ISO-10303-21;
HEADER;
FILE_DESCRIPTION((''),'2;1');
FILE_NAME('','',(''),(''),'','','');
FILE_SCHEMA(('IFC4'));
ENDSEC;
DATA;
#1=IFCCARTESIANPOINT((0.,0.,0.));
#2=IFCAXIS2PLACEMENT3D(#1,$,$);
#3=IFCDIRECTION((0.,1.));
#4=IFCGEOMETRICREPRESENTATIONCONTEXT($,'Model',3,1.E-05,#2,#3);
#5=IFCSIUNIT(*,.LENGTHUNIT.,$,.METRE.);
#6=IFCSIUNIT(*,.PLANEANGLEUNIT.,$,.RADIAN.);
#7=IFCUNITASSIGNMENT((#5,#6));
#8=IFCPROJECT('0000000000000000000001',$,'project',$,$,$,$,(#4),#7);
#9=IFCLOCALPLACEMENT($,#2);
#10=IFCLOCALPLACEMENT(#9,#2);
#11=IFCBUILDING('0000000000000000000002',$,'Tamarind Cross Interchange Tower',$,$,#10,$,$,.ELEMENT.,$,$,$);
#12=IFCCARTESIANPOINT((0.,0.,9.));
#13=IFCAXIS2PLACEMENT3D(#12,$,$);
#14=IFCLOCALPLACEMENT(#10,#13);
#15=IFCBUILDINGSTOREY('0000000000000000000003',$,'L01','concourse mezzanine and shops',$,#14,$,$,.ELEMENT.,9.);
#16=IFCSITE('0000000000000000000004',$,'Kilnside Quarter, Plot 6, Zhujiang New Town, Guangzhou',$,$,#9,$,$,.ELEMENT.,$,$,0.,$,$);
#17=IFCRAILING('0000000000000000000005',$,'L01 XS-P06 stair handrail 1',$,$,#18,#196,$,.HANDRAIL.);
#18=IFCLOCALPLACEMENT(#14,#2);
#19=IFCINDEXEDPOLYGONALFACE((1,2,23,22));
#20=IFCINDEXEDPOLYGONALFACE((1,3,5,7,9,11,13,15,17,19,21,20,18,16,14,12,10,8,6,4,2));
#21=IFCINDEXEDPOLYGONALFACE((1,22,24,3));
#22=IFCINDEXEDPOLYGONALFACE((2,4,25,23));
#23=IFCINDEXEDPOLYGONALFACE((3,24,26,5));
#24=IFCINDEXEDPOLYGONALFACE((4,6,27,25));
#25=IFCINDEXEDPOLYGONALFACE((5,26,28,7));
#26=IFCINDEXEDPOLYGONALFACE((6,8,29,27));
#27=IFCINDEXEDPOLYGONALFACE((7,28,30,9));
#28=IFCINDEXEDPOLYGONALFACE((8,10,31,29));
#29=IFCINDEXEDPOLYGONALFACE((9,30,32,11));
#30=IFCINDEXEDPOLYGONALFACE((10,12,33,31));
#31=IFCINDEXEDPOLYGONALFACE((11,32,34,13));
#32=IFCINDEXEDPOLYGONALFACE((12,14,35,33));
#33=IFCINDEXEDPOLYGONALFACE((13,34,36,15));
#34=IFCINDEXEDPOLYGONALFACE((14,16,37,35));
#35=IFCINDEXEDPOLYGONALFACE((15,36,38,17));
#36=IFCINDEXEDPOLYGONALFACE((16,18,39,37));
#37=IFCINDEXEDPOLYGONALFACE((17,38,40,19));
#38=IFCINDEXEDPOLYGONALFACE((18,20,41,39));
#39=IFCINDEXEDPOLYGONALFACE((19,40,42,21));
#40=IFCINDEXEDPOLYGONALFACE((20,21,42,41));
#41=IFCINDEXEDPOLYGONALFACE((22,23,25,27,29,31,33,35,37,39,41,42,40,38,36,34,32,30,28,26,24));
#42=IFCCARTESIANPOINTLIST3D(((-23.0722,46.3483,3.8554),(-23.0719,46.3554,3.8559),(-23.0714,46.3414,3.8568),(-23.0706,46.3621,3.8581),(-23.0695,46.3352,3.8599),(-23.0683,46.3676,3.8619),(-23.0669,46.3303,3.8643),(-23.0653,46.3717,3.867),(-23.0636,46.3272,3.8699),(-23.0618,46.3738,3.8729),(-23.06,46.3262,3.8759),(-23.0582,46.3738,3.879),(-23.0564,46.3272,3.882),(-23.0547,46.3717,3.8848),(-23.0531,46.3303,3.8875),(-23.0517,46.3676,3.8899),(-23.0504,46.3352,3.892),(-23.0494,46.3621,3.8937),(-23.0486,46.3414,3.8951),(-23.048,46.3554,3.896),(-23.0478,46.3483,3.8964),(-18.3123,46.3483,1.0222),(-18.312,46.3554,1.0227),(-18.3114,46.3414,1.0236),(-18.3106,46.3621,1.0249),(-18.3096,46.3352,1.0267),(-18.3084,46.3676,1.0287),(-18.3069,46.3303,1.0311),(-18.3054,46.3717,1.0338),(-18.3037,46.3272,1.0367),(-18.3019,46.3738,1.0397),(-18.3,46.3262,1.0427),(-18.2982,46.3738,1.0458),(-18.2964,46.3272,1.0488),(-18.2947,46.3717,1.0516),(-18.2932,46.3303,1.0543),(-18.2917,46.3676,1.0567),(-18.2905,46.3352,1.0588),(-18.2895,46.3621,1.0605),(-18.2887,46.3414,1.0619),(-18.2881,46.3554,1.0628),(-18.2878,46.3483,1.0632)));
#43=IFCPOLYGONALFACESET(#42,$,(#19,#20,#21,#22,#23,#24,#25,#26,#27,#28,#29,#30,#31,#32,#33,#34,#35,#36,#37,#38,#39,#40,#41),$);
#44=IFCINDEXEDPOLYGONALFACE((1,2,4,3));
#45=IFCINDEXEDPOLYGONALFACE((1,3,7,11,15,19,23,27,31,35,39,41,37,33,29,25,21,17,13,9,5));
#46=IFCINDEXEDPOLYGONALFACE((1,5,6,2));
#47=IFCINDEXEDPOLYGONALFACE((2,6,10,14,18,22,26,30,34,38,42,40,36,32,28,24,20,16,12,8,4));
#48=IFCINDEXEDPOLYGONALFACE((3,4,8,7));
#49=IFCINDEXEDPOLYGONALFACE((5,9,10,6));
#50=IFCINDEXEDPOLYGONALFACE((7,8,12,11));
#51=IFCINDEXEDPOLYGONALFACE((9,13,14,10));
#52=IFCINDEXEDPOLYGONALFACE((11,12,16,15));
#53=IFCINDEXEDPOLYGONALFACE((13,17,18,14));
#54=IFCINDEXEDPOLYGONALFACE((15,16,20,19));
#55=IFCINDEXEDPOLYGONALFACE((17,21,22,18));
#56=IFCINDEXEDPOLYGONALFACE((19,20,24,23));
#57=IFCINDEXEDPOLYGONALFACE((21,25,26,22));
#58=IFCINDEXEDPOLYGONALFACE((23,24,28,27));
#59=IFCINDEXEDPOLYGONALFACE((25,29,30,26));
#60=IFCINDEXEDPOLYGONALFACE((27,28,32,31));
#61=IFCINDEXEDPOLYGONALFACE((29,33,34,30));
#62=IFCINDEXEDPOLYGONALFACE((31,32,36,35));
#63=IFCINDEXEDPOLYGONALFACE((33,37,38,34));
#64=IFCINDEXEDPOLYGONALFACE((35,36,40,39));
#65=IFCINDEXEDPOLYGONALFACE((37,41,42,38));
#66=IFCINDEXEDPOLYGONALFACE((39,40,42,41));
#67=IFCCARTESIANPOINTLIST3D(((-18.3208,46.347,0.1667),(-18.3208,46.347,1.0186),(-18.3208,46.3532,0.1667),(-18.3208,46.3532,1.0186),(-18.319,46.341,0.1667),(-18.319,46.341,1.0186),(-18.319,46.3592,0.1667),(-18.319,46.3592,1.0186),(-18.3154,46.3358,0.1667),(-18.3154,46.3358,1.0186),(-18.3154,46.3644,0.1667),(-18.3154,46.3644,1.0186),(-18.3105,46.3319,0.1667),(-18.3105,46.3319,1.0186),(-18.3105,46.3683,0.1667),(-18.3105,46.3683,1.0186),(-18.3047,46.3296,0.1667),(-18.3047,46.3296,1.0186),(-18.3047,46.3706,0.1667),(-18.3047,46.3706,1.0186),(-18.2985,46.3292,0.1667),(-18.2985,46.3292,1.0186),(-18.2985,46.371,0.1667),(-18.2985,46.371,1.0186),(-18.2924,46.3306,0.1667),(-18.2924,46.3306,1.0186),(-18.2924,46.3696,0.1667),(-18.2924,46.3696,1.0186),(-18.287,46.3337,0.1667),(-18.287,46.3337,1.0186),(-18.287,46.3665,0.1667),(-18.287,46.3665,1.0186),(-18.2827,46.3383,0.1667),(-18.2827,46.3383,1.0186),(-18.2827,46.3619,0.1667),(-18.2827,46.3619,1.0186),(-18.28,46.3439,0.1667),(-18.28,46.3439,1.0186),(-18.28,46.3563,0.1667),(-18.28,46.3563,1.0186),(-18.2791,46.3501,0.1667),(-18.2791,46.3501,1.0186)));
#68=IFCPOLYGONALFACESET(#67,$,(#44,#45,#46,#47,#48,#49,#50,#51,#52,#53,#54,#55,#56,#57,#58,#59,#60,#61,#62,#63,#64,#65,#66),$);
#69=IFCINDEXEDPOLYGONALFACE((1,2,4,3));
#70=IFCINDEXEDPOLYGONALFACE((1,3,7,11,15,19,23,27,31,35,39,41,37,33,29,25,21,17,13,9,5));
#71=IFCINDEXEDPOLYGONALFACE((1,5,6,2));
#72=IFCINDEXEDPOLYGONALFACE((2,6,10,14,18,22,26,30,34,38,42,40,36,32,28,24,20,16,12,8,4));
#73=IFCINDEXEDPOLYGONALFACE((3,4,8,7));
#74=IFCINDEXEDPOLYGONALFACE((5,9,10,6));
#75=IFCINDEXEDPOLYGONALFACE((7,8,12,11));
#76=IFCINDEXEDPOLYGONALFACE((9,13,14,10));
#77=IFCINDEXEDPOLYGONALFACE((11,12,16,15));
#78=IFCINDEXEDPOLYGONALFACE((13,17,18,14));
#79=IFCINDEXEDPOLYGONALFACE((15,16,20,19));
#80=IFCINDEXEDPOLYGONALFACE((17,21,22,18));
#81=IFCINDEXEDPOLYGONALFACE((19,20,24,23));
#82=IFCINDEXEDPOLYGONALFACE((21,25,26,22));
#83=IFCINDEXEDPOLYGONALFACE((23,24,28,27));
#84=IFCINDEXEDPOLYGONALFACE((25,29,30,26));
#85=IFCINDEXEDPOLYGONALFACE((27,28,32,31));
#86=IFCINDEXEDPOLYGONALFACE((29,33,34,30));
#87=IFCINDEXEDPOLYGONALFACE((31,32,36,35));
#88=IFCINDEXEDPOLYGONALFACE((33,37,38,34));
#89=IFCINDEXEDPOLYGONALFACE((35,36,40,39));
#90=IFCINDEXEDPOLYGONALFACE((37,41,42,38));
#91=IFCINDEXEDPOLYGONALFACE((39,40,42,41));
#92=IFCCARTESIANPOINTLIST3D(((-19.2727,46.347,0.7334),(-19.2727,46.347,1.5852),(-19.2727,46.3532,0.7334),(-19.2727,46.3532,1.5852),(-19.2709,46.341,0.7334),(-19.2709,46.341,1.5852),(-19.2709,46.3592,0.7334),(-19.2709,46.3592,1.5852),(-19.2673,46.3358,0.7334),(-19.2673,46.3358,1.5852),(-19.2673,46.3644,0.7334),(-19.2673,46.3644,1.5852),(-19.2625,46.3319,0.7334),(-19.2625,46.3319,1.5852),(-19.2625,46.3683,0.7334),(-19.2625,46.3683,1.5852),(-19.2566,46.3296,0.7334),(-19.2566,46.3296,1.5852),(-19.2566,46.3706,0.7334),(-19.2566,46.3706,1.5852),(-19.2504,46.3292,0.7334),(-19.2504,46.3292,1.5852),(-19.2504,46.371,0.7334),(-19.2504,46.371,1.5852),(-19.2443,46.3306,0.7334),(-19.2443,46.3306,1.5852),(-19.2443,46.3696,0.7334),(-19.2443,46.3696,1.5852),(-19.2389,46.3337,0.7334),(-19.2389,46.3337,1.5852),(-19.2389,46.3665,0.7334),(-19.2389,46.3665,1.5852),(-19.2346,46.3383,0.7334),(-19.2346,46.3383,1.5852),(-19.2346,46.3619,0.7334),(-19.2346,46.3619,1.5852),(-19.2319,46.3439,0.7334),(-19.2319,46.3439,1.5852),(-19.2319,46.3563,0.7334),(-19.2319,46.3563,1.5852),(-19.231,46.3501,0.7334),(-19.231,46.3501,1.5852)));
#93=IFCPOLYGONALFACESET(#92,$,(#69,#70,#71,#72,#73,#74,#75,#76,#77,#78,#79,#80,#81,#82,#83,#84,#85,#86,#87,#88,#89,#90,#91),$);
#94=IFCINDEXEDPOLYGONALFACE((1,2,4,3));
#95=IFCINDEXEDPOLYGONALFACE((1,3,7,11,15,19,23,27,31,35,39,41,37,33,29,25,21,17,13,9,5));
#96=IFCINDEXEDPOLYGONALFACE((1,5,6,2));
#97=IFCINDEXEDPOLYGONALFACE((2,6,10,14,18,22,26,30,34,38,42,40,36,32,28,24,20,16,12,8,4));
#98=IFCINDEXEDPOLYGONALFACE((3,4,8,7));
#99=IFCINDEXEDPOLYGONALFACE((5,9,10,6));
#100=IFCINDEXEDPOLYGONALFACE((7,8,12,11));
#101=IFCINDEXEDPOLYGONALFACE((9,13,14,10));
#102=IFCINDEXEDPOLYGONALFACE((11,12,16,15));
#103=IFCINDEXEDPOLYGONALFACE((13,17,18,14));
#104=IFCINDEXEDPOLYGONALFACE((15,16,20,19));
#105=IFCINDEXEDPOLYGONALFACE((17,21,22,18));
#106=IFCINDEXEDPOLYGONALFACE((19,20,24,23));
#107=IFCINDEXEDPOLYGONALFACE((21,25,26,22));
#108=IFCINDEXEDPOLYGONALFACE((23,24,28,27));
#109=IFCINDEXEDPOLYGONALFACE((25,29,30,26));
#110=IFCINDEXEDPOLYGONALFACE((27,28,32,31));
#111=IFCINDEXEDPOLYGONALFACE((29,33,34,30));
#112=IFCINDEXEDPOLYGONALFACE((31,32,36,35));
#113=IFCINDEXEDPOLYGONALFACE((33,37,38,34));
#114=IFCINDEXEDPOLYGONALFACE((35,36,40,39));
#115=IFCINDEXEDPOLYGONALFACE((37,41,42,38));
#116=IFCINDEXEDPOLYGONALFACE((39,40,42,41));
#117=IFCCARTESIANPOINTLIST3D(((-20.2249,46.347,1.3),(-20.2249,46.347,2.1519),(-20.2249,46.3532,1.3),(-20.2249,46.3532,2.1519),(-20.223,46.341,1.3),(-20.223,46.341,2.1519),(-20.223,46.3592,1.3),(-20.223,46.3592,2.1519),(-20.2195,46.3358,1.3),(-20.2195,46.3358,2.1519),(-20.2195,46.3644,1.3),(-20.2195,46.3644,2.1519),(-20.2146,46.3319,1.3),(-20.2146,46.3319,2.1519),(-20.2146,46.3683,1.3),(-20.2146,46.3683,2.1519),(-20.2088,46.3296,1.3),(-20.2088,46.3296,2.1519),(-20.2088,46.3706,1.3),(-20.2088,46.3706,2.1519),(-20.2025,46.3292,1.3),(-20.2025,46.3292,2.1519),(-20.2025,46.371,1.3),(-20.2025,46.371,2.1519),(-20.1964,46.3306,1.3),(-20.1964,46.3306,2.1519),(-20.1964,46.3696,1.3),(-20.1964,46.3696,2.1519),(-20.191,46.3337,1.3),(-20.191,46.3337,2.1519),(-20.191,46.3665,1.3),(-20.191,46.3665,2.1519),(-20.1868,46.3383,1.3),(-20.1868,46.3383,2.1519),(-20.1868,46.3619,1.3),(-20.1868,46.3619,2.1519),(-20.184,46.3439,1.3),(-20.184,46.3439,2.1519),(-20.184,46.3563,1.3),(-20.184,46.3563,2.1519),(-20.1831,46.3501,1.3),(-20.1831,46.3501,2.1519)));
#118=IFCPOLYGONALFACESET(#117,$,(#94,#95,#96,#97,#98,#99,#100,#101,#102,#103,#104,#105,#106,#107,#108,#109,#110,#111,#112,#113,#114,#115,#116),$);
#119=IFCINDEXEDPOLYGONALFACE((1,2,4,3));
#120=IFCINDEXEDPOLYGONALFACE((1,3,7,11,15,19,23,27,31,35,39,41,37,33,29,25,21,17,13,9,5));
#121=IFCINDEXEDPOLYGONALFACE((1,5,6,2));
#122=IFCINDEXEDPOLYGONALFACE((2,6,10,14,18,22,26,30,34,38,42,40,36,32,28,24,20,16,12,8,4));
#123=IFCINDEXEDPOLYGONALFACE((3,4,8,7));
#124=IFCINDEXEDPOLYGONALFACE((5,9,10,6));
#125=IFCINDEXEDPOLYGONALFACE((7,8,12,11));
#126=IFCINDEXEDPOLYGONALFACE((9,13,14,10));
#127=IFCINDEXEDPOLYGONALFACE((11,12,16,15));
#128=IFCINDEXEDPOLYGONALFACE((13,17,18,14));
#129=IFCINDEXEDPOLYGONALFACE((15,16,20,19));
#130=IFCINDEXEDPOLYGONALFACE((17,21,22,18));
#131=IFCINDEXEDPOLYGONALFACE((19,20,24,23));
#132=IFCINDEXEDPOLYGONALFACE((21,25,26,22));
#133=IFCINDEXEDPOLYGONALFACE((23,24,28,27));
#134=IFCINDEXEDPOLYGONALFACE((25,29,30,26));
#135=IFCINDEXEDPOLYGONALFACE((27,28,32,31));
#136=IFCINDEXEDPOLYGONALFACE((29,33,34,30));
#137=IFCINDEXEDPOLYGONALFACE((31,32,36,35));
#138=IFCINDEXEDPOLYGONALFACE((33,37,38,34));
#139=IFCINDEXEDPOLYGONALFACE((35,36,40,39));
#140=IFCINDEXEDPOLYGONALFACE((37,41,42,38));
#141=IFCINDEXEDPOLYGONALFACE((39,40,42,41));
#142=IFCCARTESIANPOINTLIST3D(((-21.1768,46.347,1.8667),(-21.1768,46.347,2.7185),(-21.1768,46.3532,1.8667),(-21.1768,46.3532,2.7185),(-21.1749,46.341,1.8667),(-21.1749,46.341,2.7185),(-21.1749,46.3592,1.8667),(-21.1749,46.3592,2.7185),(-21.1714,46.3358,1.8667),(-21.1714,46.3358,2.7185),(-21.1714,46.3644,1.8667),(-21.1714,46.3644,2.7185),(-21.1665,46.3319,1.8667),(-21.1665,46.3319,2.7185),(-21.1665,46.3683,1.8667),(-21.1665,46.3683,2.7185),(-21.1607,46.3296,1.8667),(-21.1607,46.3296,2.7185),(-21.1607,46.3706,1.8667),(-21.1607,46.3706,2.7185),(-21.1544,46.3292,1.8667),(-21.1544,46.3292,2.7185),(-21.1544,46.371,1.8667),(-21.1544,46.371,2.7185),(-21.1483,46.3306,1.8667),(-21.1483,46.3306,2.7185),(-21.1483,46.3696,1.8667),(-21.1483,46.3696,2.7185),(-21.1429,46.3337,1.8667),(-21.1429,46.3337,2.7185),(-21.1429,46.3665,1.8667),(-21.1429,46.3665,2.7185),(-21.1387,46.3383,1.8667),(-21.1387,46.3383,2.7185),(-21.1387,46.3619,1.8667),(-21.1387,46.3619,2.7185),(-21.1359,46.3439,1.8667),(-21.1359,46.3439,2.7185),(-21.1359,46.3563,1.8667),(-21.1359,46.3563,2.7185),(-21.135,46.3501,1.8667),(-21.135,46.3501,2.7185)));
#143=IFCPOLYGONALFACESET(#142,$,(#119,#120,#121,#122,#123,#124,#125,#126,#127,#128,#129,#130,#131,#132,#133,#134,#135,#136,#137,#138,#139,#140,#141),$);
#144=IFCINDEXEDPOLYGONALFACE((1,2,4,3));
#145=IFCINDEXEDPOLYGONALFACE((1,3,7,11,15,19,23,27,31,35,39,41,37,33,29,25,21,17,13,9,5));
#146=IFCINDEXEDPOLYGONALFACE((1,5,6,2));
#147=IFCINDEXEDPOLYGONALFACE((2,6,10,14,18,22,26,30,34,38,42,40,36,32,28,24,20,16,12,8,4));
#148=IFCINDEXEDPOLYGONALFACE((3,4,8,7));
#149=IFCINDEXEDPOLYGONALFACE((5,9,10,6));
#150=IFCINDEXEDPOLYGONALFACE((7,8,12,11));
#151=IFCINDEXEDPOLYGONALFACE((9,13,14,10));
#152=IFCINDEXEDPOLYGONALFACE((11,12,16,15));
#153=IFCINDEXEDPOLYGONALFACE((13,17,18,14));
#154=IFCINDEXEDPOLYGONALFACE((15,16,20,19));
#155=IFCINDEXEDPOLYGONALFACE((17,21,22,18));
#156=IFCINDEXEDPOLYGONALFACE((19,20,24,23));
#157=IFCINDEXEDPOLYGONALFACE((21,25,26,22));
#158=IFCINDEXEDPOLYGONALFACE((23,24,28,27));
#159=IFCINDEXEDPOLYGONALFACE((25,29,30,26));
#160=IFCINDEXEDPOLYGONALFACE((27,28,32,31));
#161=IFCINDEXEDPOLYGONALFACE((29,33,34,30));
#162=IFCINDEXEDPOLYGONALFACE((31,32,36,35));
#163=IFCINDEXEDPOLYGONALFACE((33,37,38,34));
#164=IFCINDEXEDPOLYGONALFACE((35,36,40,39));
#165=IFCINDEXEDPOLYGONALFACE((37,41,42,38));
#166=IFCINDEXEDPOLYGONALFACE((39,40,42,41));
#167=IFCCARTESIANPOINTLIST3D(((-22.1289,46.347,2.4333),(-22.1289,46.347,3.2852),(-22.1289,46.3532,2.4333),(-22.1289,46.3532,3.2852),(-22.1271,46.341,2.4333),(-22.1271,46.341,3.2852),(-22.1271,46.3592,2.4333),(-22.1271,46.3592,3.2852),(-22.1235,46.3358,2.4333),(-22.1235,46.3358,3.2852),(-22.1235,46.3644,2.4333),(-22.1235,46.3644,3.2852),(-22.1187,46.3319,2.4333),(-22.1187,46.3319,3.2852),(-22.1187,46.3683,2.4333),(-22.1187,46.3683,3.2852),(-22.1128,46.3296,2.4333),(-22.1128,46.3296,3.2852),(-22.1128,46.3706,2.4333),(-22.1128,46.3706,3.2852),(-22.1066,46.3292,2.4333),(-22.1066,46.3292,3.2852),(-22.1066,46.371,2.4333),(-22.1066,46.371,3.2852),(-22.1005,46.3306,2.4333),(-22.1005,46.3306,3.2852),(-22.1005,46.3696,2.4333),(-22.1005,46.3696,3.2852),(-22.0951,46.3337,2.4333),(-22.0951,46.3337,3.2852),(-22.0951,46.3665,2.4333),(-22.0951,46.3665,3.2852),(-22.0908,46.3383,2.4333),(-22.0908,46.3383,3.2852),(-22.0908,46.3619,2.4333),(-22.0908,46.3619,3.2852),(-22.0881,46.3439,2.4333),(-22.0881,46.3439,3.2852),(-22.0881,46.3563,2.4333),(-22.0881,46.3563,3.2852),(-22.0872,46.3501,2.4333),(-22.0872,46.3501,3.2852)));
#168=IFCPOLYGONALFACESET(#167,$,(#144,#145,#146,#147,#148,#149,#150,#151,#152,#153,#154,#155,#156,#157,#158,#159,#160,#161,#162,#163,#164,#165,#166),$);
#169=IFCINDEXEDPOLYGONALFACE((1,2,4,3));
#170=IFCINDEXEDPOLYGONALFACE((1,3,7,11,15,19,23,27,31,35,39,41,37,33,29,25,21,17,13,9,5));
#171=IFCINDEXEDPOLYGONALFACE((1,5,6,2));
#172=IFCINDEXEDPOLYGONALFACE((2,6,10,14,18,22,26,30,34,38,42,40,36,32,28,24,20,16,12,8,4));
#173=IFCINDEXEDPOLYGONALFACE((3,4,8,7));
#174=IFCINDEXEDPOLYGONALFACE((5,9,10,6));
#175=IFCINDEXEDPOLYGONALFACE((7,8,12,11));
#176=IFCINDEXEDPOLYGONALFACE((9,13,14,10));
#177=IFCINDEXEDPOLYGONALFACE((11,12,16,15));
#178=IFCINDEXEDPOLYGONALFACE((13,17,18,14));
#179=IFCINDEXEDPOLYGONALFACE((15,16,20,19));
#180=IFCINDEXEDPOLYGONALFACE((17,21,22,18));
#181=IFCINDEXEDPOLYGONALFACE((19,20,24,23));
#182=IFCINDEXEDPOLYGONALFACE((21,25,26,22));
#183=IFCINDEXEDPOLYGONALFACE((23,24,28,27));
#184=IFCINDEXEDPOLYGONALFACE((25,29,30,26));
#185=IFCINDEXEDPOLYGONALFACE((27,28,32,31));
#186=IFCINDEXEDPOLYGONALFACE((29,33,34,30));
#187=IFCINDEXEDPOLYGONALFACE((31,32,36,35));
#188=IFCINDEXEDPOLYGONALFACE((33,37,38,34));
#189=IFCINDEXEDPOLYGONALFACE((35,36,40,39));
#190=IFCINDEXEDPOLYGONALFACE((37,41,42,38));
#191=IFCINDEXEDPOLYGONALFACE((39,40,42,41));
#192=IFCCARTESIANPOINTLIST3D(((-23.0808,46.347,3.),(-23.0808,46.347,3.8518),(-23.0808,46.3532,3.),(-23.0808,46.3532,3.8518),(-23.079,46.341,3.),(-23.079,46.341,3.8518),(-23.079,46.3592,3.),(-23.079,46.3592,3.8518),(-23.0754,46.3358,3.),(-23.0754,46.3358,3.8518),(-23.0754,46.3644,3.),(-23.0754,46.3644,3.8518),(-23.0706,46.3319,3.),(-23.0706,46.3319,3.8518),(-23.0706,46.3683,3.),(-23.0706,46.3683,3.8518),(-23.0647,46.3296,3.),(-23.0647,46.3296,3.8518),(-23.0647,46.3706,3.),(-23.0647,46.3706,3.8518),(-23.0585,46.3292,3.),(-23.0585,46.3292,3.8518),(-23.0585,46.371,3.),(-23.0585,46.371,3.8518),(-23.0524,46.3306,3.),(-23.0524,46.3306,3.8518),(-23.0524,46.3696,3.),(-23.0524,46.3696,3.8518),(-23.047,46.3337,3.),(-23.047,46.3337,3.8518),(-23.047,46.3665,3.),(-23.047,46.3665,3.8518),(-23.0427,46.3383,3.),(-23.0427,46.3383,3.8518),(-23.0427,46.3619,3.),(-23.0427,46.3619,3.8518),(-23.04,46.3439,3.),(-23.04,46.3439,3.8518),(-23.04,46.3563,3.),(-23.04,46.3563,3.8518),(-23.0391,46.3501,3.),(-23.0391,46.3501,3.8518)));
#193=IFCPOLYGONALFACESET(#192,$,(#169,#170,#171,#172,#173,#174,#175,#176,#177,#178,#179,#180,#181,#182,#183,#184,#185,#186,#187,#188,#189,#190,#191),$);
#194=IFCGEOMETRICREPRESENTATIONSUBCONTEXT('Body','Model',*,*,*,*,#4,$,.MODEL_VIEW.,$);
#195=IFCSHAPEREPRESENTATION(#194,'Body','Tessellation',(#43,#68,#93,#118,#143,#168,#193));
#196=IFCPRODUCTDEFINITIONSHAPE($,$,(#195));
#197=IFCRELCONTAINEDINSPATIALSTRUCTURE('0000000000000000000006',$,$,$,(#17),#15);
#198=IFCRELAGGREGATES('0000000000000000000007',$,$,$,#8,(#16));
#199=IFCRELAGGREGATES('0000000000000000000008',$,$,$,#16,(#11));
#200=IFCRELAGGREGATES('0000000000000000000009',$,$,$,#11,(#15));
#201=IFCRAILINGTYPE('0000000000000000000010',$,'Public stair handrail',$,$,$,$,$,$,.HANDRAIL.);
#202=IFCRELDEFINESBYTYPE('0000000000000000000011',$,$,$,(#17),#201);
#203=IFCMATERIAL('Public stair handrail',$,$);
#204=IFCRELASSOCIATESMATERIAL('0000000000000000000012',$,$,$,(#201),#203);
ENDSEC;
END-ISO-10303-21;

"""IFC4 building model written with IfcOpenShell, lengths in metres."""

from ifc_helpers import new_model, si_unit, direction, frame, origin, origin_2d, place, context, subcontext, project, spatial, circle, extrude, material, type_object, element, save


model = new_model("IFC4")

# Units and contexts
model_context = context("Model", 3, precision=1e-05, world=origin(), true_north=direction((0.0, 1.0)))
body_context = subcontext(model_context, "Body", "Model", "MODEL_VIEW")
ifc_project = project(units=[si_unit("LENGTHUNIT", "METRE"), si_unit("PLANEANGLEUNIT", "RADIAN")], contexts=[model_context])

# Site, building, storey
site_placement = place(None, origin())
site = spatial("IfcSite", under=ifc_project, at=site_placement, Name="Kilnside Quarter, Plot 6, Zhujiang New Town, Guangzhou", CompositionType="ELEMENT", RefElevation=0.0)
building_placement = place(site_placement, origin())
building = spatial("IfcBuilding", under=site, at=building_placement, Name="Tamarind Cross Interchange Tower", CompositionType="ELEMENT")
storey_placement = place(building_placement, frame((0.0, 0.0, 9.0)))
storey = spatial("IfcBuildingStorey", under=building, at=storey_placement, Name="L01", Description="concourse mezzanine and shops", CompositionType="ELEMENT", Elevation=9.0)

# Railing
ifc_material_1 = material(Name="Public stair handrail")
railing_type_1 = type_object("IfcRailingType", Name="Public stair handrail", PredefinedType="HANDRAIL", material=ifc_material_1)
for number, where, name in (
    (1, (-18.3, 46.3501, 0.1667), "L01 XS-P06 stair handrail 1"),
):
    element("IfcRailing", number, at=place(storey_placement, frame(where)), inside=storey, type_object=railing_type_1, Name=name, PredefinedType="HANDRAIL", context=body_context, shape_type="SweptSolid", body=[
        extrude(circle(Radius=0.0239, at=origin_2d()), frame((0.0, 0.0, 0.876), z_axis=(-0.8593, 0.0, 0.511472), x_axis=(0.0, -1.0, 0.0)), (0.0, 0.0, 1.0), 5.5393),
        extrude(circle(Radius=0.021, at=origin_2d()), origin(), (0.0, 0.0, 1.0), 0.8518),
        extrude(circle(Radius=0.021, at=origin_2d()), frame((-0.9519, 0.0, 0.5667)), (0.0, 0.0, 1.0), 0.8518),
        extrude(circle(Radius=0.021, at=origin_2d()), frame((-1.9041, 0.0, 1.1333)), (0.0, 0.0, 1.0), 0.8518),
        extrude(circle(Radius=0.021, at=origin_2d()), frame((-2.856, 0.0, 1.7)), (0.0, 0.0, 1.0), 0.8518),
        extrude(circle(Radius=0.021, at=origin_2d()), frame((-3.8081, 0.0, 2.2666)), (0.0, 0.0, 1.0), 0.8518),
        extrude(circle(Radius=0.021, at=origin_2d()), frame((-4.76, 0.0, 2.8333)), (0.0, 0.0, 1.0), 0.8518),
    ])

save(model, "model.ifc")
